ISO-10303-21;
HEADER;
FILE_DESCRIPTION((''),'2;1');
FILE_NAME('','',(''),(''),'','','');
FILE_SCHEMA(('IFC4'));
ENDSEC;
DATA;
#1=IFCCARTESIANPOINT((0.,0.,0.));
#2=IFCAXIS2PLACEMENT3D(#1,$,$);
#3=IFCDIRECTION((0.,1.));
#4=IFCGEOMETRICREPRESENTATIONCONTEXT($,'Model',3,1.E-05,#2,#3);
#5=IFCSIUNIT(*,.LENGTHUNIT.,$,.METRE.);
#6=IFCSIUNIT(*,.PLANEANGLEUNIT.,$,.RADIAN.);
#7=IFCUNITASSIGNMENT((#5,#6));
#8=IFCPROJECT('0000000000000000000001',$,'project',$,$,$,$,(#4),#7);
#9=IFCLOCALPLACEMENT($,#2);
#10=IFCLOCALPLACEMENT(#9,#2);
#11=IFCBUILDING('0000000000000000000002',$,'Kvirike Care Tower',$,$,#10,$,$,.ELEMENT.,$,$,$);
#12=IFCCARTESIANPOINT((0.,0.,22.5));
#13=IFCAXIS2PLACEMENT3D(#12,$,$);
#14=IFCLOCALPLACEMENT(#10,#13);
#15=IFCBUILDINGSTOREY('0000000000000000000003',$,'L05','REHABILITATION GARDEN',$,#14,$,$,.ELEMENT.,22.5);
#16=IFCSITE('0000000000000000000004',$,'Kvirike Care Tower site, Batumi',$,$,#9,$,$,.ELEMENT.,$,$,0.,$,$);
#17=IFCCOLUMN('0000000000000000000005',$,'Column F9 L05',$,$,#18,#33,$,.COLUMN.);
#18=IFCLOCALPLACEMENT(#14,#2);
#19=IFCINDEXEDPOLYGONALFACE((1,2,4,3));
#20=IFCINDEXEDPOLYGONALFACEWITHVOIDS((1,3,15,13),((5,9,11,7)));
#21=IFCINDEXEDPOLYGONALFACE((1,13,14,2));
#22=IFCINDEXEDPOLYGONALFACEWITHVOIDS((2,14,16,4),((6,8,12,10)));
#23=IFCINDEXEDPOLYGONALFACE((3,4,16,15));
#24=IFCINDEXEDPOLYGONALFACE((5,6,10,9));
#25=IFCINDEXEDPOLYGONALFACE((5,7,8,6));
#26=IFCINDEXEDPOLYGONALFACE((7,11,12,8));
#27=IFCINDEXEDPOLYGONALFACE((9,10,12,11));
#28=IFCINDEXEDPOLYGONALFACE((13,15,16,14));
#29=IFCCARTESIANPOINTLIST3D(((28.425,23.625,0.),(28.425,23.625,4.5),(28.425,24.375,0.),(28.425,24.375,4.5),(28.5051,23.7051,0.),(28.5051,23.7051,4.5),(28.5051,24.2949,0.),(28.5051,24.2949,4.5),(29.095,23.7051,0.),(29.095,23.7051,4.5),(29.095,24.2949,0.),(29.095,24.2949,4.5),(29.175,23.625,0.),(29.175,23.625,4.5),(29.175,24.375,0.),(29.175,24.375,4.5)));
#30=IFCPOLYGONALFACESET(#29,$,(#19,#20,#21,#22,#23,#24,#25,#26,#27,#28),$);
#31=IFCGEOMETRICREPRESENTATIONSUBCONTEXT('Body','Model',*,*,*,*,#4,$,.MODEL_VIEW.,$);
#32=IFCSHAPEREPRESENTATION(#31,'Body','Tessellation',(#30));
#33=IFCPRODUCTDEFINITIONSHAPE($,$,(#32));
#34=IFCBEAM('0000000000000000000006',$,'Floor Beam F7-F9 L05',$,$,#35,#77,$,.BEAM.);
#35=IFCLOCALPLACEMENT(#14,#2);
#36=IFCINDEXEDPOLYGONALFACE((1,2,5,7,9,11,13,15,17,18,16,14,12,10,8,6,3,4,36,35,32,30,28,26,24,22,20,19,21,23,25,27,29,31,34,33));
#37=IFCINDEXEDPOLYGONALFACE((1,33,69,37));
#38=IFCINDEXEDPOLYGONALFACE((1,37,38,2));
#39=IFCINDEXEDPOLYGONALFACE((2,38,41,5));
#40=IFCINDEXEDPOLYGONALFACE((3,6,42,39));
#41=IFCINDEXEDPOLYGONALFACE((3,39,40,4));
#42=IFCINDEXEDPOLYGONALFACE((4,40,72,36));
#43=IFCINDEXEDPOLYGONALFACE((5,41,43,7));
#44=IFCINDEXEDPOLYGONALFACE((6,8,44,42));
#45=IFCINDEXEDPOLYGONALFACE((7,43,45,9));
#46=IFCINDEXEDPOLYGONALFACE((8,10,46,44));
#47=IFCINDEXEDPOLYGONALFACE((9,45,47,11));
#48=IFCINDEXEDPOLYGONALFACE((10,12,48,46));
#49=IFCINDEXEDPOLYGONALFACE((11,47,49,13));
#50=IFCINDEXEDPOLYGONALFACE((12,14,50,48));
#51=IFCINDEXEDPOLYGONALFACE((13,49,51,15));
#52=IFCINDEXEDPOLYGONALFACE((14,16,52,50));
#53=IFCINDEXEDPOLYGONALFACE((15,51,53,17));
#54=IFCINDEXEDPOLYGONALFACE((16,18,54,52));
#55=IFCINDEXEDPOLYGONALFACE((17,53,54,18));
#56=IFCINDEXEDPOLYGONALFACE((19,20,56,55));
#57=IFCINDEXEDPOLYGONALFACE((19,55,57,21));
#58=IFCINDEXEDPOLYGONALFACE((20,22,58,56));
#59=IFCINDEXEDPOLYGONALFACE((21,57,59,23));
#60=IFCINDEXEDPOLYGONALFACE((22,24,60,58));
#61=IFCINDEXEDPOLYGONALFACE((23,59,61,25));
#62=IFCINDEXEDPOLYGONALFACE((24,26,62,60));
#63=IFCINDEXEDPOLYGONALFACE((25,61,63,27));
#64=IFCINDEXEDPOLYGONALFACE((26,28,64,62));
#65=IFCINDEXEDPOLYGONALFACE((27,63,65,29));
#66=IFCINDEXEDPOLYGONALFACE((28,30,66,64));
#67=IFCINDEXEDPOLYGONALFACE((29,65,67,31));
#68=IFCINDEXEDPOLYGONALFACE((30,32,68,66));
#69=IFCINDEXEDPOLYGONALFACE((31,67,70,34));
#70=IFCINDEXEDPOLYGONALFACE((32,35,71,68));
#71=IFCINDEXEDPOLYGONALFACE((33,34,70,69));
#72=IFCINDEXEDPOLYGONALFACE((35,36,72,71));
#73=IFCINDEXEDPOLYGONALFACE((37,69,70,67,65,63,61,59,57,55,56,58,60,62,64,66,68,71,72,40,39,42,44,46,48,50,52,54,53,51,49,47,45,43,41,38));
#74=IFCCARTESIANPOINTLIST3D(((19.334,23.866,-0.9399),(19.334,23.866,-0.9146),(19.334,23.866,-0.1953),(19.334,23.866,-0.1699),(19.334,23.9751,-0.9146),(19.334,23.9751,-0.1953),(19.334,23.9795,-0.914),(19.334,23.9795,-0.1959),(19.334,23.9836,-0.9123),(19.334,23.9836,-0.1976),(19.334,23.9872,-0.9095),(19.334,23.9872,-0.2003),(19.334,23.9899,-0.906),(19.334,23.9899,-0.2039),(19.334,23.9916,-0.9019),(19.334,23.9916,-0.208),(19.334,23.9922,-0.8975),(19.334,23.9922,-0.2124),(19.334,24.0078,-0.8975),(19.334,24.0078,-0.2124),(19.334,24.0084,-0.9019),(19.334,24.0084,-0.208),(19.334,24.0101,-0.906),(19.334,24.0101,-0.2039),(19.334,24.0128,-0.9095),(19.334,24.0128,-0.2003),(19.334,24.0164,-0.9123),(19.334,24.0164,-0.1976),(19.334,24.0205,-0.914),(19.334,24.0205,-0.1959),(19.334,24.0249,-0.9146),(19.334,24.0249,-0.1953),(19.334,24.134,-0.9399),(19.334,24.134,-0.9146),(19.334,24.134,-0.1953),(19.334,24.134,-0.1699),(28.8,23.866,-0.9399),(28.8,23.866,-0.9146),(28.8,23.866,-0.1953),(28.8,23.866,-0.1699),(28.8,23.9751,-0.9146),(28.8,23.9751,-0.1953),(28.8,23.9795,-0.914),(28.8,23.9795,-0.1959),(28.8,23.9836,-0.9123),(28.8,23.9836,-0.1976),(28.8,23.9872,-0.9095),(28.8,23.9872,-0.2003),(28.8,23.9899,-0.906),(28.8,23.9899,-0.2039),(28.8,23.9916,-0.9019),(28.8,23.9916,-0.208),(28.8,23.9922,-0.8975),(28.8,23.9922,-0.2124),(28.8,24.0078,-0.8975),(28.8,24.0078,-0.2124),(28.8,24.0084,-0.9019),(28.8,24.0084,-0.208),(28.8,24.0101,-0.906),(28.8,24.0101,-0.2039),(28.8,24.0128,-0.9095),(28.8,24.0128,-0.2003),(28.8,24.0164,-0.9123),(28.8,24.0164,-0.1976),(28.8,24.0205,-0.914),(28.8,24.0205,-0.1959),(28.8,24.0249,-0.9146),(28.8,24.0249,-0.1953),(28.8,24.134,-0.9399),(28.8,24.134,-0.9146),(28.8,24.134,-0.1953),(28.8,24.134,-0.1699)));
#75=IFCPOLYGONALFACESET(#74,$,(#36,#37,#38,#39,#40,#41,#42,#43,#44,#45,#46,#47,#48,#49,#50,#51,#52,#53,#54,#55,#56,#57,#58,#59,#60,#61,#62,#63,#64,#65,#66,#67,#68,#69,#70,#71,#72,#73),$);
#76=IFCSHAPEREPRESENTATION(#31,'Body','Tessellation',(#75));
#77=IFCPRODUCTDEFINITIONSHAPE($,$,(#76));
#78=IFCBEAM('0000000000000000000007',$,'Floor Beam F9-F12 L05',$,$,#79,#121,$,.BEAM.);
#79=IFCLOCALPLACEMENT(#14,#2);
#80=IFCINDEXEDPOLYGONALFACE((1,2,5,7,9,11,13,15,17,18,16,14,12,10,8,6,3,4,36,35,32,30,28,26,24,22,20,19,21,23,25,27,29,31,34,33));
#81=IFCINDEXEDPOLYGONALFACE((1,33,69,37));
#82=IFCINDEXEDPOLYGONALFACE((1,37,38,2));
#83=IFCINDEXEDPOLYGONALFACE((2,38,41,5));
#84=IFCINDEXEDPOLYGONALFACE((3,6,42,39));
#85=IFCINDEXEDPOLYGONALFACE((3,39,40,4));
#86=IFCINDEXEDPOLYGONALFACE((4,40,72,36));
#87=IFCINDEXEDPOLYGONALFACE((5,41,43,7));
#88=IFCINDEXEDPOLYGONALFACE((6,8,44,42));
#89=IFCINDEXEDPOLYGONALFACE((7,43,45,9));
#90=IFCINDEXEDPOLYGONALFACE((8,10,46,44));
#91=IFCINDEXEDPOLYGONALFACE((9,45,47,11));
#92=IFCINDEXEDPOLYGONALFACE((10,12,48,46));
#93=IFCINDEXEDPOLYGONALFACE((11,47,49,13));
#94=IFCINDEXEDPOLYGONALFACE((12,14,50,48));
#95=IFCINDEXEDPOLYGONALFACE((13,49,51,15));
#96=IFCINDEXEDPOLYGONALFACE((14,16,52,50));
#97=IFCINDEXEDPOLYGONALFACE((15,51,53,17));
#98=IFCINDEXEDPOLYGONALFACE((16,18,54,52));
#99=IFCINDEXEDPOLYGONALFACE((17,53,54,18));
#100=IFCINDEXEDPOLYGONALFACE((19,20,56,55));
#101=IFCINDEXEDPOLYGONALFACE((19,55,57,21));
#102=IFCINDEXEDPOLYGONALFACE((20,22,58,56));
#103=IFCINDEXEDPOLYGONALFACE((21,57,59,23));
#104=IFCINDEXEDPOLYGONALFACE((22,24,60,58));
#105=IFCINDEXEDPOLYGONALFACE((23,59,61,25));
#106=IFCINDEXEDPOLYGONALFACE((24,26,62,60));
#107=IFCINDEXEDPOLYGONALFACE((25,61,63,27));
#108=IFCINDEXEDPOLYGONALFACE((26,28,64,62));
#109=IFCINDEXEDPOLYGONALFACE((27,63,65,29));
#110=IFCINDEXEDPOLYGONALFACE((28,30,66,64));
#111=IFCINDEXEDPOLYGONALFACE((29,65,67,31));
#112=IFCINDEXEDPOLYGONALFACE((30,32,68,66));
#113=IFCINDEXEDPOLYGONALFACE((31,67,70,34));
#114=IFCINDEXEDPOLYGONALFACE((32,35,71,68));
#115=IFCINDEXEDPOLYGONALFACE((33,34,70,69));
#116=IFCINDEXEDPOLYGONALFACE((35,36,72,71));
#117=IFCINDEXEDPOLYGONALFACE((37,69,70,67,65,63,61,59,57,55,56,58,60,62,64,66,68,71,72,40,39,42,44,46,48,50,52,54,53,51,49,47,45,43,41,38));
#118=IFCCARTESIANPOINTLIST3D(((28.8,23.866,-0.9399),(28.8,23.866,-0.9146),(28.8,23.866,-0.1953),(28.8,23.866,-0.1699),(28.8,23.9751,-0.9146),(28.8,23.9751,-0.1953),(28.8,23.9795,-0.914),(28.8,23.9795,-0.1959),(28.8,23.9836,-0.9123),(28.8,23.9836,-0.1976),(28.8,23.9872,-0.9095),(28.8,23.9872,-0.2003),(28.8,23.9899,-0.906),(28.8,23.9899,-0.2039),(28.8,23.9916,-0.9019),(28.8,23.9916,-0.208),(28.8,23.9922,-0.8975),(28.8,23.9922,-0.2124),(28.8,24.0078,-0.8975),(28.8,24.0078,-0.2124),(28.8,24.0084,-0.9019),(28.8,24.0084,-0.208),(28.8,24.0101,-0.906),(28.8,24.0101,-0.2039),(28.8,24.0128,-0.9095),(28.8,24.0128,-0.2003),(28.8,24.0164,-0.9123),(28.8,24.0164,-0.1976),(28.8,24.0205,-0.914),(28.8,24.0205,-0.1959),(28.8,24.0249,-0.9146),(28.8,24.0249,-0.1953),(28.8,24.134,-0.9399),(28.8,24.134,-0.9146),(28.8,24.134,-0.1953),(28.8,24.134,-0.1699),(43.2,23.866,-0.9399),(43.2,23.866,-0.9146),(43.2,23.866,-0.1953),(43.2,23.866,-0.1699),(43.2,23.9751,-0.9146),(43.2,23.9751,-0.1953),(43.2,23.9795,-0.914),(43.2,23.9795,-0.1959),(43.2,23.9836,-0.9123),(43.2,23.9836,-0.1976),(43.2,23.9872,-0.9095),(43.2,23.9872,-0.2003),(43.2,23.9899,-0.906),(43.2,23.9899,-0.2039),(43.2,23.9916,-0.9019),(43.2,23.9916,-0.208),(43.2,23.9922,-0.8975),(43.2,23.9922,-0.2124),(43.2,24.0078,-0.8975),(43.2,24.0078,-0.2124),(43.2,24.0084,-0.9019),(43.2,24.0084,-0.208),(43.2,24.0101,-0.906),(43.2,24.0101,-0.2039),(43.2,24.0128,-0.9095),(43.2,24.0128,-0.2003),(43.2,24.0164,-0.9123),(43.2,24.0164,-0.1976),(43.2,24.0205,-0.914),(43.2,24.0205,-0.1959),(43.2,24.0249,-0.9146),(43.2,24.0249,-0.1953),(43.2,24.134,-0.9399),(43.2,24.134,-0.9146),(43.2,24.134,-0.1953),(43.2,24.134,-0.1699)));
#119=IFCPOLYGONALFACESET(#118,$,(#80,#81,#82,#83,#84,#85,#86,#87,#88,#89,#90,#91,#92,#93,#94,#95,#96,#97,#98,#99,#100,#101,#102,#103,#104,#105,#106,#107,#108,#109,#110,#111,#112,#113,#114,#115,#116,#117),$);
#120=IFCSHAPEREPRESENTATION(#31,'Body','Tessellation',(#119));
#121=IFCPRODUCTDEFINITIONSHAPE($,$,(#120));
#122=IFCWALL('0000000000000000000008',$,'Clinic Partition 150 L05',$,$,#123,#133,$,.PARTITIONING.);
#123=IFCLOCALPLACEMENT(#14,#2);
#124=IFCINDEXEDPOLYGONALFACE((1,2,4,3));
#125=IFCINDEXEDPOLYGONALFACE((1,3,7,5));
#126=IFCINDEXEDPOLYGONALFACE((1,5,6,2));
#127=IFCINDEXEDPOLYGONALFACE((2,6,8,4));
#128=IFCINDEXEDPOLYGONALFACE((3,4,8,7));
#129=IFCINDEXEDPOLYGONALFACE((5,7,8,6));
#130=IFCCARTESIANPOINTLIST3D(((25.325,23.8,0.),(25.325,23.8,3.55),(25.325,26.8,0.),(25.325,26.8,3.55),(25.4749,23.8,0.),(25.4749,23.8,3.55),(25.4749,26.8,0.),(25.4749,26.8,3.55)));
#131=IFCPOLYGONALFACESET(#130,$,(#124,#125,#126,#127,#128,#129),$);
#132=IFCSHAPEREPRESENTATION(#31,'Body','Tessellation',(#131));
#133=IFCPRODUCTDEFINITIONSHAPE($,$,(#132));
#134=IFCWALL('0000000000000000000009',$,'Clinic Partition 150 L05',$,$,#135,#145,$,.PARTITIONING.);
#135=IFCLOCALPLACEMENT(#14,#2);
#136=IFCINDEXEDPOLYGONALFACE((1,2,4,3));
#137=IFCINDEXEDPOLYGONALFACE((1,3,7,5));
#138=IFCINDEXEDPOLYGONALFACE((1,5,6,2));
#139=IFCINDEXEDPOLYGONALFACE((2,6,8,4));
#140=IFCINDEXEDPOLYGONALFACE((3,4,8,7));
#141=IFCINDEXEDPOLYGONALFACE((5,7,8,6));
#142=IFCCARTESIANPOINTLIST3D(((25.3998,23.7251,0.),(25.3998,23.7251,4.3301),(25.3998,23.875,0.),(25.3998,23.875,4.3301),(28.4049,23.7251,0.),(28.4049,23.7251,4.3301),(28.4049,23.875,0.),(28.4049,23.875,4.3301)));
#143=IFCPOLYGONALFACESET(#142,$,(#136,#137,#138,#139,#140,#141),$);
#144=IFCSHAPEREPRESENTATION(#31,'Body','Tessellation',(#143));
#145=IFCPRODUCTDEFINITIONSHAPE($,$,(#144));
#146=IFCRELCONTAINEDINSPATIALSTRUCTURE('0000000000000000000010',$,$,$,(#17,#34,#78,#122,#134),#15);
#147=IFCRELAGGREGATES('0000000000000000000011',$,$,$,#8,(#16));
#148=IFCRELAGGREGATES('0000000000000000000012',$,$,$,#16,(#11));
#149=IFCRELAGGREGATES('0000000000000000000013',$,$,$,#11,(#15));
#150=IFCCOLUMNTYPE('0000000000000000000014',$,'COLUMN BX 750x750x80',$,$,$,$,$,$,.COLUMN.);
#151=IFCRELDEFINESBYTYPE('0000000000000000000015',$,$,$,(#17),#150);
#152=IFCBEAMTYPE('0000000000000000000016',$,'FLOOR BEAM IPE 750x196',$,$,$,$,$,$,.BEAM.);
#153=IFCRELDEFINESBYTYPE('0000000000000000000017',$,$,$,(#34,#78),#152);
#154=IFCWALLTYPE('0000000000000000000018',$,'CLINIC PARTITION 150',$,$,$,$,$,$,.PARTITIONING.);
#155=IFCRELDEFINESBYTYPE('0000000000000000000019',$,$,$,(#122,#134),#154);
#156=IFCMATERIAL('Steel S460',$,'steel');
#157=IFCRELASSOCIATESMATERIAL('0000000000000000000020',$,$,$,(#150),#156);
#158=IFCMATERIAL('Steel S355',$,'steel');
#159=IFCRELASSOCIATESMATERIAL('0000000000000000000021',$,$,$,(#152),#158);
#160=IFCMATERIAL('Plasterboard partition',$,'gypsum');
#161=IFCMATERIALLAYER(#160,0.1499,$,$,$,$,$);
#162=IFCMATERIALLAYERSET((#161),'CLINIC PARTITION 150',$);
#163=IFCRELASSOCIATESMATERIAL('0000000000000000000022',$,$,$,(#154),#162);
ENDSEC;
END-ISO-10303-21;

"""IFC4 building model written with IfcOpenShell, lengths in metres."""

from ifc_helpers import new_model, si_unit, direction, frame, frame_2d, origin, origin_2d, place, context, subcontext, project, spatial, rectangle, hollow_rectangle, i_section, extrude, material, layer, layer_set, material_profile, profile_set, type_object, element, save


model = new_model("IFC4")

# Units and contexts
model_context = context("Model", 3, precision=1e-05, world=origin(), true_north=direction((0.0, 1.0)))
body_context = subcontext(model_context, "Body", "Model", "MODEL_VIEW")
ifc_project = project(units=[si_unit("LENGTHUNIT", "METRE"), si_unit("PLANEANGLEUNIT", "RADIAN")], contexts=[model_context])

# Site, building, storey
site_placement = place(None, origin())
site = spatial("IfcSite", under=ifc_project, at=site_placement, Name="Kvirike Care Tower site, Batumi", CompositionType="ELEMENT", RefElevation=0.0)
building_placement = place(site_placement, origin())
building = spatial("IfcBuilding", under=site, at=building_placement, Name="Kvirike Care Tower", CompositionType="ELEMENT")
storey_placement = place(building_placement, frame((0.0, 0.0, 22.5)))
storey = spatial("IfcBuildingStorey", under=building, at=storey_placement, Name="L05", Description="REHABILITATION GARDEN", CompositionType="ELEMENT", Elevation=22.5)

# Column
ifc_material_1 = material(Name="Steel S460", Category="steel")
ifc_material_profile_1 = material_profile(ifc_material_1, hollow_rectangle(XDim=0.75, YDim=0.75, WallThickness=0.0801, at=origin_2d()), Name="BX 750x750x80")
ifc_profile_set_1 = profile_set([ifc_material_profile_1], Name="Steel S460")
column_type = type_object("IfcColumnType", Name="COLUMN BX 750x750x80", PredefinedType="COLUMN", material=ifc_profile_set_1)
column_placement = place(storey_placement, frame((28.8, 24.0, 0.0), z_axis=(0.0, 0.0, 1.0), x_axis=(1.0, 0.0, 0.0)))
element("IfcColumn", 1, at=column_placement, inside=storey, type_object=column_type, Name="Column F9 L05", PredefinedType="COLUMN", context=body_context, shape_type="SweptSolid", body=[
    extrude(hollow_rectangle(XDim=0.75, YDim=0.75, WallThickness=0.0801, at=origin_2d()), origin(), (0.0, 0.0, 1.0), 4.5),
])

# Beams
ifc_material_2 = material(Name="Steel S355", Category="steel")
ifc_material_profile_2 = material_profile(ifc_material_2, i_section(OverallWidth=0.2681, OverallDepth=0.77, WebThickness=0.0156, FlangeThickness=0.0254, FilletRadius=0.0171, at=origin_2d()), Name="IPE 750x196")
ifc_profile_set_2 = profile_set([ifc_material_profile_2], Name="Steel S355")
beam_type = type_object("IfcBeamType", Name="FLOOR BEAM IPE 750x196", PredefinedType="BEAM", material=ifc_profile_set_2)
beam_1_placement = place(storey_placement, frame((19.334, 24.0, -0.5549), z_axis=(1.0, 0.0, 0.0), x_axis=(0.0, 1.0, 0.0)))
element("IfcBeam", 2, at=beam_1_placement, inside=storey, type_object=beam_type, Name="Floor Beam F7-F9 L05", PredefinedType="BEAM", context=body_context, shape_type="SweptSolid", body=[
    extrude(i_section(OverallWidth=0.2681, OverallDepth=0.77, WebThickness=0.0156, FlangeThickness=0.0254, FilletRadius=0.0171, at=origin_2d()), origin(), (0.0, 0.0, 1.0), 9.4661),
])
beam_2_placement = place(storey_placement, frame((28.8, 24.0, -0.5549), z_axis=(1.0, 0.0, 0.0), x_axis=(0.0, 1.0, 0.0)))
element("IfcBeam", 3, at=beam_2_placement, inside=storey, type_object=beam_type, Name="Floor Beam F9-F12 L05", PredefinedType="BEAM", context=body_context, shape_type="SweptSolid", body=[
    extrude(i_section(OverallWidth=0.2681, OverallDepth=0.77, WebThickness=0.0156, FlangeThickness=0.0254, FilletRadius=0.0171, at=origin_2d()), origin(), (0.0, 0.0, 1.0), 14.3999),
])

# Walls
ifc_material_3 = material(Name="Plasterboard partition", Category="gypsum")
ifc_layer_1 = layer(ifc_material_3, 0.1499)
ifc_layer_set_1 = layer_set([ifc_layer_1], Name="CLINIC PARTITION 150")
wall_type_1 = type_object("IfcWallType", Name="CLINIC PARTITION 150", PredefinedType="PARTITIONING", material=ifc_layer_set_1)
wall_1_placement = place(storey_placement, frame((25.3999, 23.8, 0.0), z_axis=(0.0, 0.0, 1.0), x_axis=(0.0, 1.0, 0.0)))
element("IfcWall", 4, at=wall_1_placement, inside=storey, type_object=wall_type_1, Name="Clinic Partition 150 L05", PredefinedType="PARTITIONING", context=body_context, shape_type="SweptSolid", body=[
    extrude(rectangle(XDim=3.0, YDim=0.1499, at=frame_2d((1.5, 0.0))), origin(), (0.0, 0.0, 1.0), 3.55),
])
wall_2_placement = place(storey_placement, frame((25.3999, 23.8, 0.0), z_axis=(0.0, 0.0, 1.0), x_axis=(1.0, 0.0, 0.0)))
element("IfcWall", 5, at=wall_2_placement, inside=storey, type_object=wall_type_1, Name="Clinic Partition 150 L05", PredefinedType="PARTITIONING", context=body_context, shape_type="SweptSolid", body=[
    extrude(rectangle(XDim=3.0051, YDim=0.1499, at=frame_2d((1.5024, 0.0))), origin(), (0.0, 0.0, 1.0), 4.3301),
])

save(model, "model.ifc")
